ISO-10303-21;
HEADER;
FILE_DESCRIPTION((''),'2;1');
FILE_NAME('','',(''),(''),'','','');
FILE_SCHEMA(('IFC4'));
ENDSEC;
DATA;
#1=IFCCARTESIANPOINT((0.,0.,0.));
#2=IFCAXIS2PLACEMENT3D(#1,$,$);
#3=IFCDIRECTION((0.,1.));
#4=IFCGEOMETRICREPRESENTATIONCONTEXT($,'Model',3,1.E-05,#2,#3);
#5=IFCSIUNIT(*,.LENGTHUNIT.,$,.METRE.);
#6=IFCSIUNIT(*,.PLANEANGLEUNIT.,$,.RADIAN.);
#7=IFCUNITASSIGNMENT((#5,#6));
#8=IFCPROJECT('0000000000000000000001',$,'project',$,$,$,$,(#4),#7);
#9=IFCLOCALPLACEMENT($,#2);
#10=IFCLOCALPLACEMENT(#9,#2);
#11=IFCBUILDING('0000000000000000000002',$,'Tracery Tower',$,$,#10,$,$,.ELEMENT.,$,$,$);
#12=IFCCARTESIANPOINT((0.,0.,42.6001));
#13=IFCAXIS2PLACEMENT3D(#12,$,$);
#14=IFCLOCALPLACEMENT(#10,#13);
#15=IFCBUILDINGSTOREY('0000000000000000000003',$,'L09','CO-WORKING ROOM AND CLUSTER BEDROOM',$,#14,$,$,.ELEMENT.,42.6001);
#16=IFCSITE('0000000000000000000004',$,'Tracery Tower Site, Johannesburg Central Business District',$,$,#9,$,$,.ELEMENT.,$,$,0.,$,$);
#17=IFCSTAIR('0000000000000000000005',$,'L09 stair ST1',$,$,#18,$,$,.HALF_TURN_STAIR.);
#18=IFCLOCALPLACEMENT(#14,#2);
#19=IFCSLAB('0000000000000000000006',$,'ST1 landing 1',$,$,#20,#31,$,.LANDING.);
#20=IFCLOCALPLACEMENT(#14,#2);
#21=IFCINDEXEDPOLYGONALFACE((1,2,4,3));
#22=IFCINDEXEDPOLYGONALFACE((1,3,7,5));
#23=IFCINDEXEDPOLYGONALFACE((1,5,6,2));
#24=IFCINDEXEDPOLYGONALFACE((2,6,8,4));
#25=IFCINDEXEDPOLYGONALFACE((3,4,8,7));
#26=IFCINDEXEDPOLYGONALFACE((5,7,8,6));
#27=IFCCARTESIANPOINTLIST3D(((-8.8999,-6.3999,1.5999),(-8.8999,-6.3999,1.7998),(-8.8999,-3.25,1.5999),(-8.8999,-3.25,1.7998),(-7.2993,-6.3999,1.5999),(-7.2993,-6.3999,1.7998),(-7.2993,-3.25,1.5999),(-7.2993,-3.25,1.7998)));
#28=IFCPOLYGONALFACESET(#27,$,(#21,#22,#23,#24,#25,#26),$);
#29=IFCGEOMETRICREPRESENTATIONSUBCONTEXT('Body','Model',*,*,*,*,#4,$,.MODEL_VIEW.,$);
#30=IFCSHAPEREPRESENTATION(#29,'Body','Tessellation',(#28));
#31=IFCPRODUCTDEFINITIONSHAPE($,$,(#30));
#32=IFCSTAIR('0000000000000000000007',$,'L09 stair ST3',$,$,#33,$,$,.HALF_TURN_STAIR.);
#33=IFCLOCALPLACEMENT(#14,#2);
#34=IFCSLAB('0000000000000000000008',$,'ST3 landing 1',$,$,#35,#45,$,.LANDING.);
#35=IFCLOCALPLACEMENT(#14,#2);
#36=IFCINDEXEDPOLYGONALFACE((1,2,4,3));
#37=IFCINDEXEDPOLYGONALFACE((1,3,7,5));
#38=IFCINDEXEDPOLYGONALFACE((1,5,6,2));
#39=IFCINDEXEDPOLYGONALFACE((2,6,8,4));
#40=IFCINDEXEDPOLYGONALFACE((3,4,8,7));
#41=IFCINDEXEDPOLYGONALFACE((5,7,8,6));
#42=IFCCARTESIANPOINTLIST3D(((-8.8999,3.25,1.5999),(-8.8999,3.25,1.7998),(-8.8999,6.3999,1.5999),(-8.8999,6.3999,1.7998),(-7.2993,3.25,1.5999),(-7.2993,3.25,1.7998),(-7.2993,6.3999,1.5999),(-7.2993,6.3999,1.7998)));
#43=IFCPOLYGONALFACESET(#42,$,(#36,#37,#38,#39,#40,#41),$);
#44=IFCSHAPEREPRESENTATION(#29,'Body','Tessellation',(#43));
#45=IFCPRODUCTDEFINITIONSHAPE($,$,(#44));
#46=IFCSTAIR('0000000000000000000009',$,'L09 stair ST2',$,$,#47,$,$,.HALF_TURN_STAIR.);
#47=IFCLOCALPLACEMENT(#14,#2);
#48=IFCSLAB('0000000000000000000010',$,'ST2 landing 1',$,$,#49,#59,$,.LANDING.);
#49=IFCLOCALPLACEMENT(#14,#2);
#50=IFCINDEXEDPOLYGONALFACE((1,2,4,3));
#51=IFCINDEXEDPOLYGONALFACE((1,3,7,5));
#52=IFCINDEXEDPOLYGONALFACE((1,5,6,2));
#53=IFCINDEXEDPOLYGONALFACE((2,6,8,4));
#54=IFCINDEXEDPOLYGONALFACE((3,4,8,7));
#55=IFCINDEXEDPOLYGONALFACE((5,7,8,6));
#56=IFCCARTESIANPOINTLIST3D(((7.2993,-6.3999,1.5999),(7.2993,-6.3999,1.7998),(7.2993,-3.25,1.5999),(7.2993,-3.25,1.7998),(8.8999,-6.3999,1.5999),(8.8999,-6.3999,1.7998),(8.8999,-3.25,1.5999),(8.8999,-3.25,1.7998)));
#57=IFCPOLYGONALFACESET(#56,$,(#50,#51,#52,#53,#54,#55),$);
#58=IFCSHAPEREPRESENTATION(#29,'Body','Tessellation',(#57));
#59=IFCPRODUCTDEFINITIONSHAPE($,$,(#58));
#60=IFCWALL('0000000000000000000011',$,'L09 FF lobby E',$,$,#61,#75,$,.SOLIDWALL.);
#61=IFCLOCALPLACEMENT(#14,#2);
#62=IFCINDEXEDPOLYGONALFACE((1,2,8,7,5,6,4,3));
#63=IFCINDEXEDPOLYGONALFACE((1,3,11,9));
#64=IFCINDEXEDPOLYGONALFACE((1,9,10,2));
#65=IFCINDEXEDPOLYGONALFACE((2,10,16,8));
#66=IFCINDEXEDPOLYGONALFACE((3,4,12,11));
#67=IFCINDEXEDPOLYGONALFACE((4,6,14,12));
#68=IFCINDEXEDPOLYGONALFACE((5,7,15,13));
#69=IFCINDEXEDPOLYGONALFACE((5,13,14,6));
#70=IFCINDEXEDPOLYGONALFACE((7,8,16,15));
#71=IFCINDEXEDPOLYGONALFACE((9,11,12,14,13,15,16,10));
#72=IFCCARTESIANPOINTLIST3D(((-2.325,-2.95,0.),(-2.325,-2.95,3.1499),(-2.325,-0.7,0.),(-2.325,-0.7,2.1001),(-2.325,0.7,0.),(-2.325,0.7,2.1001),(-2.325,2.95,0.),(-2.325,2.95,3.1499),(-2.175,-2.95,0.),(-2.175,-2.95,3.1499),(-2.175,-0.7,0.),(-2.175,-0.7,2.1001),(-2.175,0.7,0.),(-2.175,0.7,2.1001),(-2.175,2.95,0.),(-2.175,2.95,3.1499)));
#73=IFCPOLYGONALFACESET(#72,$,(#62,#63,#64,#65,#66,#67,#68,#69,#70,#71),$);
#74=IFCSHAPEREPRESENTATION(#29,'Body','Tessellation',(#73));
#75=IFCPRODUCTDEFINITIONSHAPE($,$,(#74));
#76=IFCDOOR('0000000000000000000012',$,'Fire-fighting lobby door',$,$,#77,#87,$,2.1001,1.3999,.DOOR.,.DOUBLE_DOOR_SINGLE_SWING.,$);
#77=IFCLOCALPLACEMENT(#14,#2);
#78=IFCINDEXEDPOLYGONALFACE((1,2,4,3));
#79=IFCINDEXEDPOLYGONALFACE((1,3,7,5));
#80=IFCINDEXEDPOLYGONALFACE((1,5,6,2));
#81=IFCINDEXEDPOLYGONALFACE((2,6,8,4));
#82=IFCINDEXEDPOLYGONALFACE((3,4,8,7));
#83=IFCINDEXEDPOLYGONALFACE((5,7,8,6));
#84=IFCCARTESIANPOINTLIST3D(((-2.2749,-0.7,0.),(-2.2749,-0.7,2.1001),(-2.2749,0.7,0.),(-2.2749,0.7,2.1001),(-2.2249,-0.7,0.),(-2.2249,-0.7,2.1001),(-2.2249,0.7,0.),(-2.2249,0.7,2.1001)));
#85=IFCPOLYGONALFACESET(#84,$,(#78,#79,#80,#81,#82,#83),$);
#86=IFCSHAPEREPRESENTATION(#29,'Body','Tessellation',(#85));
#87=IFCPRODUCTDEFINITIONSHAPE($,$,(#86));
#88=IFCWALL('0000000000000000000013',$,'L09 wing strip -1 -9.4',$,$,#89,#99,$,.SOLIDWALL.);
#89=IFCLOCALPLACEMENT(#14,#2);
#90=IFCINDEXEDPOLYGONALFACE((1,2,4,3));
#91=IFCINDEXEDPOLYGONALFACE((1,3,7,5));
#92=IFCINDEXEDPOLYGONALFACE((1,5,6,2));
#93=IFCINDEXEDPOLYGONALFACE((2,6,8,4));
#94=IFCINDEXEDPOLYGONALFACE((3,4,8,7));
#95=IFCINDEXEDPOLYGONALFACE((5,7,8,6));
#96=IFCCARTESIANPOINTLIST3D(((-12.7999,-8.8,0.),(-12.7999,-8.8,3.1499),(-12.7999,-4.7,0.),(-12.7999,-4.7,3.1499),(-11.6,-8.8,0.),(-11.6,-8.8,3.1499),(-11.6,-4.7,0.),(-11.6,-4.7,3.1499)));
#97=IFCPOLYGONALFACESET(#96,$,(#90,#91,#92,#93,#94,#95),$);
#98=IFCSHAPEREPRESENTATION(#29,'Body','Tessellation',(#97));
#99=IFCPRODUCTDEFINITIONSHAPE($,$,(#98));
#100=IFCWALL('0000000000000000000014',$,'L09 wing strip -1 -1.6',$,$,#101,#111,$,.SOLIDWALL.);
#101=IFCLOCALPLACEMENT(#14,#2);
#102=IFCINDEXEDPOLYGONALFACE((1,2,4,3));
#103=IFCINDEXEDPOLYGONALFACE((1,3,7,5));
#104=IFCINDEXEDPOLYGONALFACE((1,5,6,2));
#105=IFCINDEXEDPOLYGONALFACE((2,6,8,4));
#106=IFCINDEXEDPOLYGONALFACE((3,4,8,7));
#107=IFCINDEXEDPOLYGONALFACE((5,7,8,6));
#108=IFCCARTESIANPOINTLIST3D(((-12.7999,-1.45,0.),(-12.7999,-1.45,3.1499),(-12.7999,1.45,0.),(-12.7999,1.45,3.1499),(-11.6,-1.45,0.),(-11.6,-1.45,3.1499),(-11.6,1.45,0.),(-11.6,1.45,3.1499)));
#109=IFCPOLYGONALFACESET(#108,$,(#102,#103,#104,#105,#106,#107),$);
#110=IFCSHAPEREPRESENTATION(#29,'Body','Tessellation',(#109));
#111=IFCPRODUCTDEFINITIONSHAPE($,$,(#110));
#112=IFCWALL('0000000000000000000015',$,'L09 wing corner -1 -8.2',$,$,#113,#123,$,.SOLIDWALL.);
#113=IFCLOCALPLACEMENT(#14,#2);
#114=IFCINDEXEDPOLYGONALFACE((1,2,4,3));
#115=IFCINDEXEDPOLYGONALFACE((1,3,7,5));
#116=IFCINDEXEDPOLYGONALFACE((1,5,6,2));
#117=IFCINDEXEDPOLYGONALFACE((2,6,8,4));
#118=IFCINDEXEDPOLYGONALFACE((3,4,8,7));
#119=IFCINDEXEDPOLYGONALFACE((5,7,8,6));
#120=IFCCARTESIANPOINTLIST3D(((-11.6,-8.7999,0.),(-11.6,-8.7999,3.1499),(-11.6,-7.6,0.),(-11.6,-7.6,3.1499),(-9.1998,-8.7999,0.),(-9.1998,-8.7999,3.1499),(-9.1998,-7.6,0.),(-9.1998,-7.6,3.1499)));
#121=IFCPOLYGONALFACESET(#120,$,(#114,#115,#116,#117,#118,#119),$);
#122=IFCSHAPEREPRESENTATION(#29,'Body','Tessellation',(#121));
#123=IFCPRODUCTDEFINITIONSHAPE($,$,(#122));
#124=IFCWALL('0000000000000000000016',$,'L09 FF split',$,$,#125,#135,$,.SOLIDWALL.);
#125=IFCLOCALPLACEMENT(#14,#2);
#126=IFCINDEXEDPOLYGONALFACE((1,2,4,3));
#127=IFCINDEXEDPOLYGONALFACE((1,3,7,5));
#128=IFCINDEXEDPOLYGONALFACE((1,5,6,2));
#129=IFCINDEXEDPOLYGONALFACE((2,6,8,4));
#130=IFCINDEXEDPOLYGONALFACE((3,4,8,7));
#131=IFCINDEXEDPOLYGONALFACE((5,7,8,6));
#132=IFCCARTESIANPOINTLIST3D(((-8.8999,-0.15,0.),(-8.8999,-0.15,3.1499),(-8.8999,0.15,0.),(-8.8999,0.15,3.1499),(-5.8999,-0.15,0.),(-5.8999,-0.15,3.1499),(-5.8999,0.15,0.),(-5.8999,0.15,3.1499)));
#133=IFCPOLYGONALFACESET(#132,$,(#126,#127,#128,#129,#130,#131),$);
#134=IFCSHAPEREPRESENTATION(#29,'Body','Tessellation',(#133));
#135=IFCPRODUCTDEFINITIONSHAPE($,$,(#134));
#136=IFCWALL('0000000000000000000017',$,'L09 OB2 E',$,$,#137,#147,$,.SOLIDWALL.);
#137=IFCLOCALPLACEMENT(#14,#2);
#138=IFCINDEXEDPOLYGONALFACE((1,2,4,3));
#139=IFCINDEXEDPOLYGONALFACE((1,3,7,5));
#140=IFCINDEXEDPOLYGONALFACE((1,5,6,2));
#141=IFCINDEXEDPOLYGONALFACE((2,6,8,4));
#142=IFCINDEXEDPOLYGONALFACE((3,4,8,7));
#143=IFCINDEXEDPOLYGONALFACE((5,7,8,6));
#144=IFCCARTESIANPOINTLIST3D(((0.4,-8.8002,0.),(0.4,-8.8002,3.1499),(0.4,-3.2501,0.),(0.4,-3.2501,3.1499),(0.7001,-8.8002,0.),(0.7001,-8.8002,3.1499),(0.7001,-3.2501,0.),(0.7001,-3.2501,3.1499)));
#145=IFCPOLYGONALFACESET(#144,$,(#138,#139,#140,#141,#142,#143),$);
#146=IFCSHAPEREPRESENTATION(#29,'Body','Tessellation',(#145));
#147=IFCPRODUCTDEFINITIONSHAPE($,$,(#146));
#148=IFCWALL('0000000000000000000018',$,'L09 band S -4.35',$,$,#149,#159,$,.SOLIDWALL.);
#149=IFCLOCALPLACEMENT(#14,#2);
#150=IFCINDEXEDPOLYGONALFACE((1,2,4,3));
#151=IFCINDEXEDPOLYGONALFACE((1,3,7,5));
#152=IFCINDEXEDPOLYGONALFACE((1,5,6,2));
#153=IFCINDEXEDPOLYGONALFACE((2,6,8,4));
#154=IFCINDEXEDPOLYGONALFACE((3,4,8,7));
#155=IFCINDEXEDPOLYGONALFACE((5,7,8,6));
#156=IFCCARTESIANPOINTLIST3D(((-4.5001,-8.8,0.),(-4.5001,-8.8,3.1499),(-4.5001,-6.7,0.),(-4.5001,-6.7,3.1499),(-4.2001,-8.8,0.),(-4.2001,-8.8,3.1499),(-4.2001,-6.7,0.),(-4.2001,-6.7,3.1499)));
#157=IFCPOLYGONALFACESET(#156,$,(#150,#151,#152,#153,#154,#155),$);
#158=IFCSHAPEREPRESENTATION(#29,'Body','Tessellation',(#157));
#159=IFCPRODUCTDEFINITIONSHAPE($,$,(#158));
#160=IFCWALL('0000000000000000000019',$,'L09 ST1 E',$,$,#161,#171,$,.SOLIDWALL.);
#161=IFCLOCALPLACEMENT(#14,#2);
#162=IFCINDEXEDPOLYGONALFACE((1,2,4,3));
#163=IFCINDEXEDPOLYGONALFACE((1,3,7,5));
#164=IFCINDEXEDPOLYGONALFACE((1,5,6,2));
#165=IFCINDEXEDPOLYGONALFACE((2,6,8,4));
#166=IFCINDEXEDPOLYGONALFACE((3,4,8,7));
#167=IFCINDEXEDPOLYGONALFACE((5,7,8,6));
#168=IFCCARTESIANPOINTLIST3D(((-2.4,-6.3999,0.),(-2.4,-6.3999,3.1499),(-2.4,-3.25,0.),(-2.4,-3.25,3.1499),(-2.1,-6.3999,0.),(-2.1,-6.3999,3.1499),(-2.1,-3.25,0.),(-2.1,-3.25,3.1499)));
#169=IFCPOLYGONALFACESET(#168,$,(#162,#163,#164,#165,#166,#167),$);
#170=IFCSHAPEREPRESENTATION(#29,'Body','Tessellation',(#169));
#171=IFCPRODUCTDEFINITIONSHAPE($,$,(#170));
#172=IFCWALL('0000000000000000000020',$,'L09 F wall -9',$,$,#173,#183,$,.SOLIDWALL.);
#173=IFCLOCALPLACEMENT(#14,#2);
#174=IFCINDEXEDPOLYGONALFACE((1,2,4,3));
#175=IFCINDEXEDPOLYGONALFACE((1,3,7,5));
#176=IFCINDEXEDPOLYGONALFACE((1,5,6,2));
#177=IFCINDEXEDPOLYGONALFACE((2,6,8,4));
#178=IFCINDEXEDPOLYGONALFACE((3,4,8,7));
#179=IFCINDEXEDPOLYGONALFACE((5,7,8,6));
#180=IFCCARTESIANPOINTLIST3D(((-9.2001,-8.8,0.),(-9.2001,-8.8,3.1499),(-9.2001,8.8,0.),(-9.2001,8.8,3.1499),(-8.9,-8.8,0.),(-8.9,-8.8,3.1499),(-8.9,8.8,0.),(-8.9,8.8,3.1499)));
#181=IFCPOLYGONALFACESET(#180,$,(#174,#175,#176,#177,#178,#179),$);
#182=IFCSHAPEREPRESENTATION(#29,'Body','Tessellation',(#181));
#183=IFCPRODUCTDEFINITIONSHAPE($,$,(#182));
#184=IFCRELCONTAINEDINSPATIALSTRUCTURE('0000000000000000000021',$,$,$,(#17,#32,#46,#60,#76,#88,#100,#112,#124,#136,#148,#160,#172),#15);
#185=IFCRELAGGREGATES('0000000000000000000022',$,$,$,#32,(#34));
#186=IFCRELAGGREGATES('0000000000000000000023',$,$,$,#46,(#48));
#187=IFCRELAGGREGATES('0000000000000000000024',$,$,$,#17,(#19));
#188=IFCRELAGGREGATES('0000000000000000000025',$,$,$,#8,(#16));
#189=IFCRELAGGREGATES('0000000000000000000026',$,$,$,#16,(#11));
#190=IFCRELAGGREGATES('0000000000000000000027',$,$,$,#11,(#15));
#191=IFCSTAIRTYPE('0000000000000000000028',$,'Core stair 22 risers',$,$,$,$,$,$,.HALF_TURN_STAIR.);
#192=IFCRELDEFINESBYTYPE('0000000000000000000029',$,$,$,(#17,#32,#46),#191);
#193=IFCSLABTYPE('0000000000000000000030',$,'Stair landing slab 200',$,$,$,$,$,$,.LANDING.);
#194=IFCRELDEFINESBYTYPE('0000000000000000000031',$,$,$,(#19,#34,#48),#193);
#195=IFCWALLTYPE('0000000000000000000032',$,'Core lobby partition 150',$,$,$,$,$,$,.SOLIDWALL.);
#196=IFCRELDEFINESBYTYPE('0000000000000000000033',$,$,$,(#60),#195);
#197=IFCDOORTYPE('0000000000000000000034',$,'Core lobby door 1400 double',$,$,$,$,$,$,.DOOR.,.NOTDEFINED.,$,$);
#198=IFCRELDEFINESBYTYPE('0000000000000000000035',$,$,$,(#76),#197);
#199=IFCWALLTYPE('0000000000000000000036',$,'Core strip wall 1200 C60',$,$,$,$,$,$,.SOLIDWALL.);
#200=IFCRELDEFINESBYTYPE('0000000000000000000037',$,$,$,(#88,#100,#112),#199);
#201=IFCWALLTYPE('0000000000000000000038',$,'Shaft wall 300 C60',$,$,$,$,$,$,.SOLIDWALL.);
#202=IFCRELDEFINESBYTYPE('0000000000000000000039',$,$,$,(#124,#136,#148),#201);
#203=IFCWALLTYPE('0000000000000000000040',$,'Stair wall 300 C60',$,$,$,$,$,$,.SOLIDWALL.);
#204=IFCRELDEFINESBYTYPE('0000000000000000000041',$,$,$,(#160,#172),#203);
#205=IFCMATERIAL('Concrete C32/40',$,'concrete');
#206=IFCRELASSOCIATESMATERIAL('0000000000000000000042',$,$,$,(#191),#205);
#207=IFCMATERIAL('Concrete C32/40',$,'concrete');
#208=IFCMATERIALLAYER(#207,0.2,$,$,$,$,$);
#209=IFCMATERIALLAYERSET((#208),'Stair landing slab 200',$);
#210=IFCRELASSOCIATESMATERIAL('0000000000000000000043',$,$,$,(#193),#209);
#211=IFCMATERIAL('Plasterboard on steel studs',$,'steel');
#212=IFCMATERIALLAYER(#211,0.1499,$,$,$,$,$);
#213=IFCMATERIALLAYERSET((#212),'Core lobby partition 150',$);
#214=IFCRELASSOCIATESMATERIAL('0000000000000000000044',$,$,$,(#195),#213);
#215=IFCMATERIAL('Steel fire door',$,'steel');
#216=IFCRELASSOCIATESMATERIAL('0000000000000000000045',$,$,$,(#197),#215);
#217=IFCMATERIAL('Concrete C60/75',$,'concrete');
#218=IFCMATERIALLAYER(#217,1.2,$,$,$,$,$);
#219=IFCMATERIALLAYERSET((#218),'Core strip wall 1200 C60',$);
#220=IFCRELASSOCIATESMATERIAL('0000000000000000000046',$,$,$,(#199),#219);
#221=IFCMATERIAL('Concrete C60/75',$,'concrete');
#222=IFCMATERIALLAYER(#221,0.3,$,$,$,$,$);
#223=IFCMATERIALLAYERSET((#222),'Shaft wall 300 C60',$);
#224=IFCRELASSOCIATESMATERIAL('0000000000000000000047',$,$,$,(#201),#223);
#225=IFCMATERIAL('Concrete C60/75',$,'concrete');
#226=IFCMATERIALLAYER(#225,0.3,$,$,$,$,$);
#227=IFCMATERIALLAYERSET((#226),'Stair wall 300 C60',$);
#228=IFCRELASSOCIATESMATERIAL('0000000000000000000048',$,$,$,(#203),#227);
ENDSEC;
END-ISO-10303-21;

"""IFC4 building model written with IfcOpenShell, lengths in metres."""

from ifc_helpers import new_model, si_unit, direction, frame, frame_2d, origin, place, context, subcontext, project, spatial, polyline, rectangle, outline, extrude, material, layer, layer_set, type_object, element, fill, aggregate, save


model = new_model("IFC4")

# Units and contexts
model_context = context("Model", 3, precision=1e-05, world=origin(), true_north=direction((0.0, 1.0)))
body_context = subcontext(model_context, "Body", "Model", "MODEL_VIEW")
ifc_project = project(units=[si_unit("LENGTHUNIT", "METRE"), si_unit("PLANEANGLEUNIT", "RADIAN")], contexts=[model_context])

# Site, building, storey
site_placement = place(None, origin())
site = spatial("IfcSite", under=ifc_project, at=site_placement, Name="Tracery Tower Site, Johannesburg Central Business District", CompositionType="ELEMENT", RefElevation=0.0)
building_placement = place(site_placement, origin())
building = spatial("IfcBuilding", under=site, at=building_placement, Name="Tracery Tower", CompositionType="ELEMENT")
storey_placement = place(building_placement, frame((0.0, 0.0, 42.6001)))
storey = spatial("IfcBuildingStorey", under=building, at=storey_placement, Name="L09", Description="CO-WORKING ROOM AND CLUSTER BEDROOM", CompositionType="ELEMENT", Elevation=42.6001)

# Stairs, slabs
ifc_material_1 = material(Name="Concrete C32/40", Category="concrete")
stair_type = type_object("IfcStairType", Name="Core stair 22 risers", PredefinedType="HALF_TURN_STAIR", material=ifc_material_1)
stair_1_placement = place(storey_placement, origin())
stair_1 = element("IfcStair", 1, at=stair_1_placement, inside=storey, type_object=stair_type, Name="L09 stair ST1", PredefinedType="HALF_TURN_STAIR")
ifc_material_2 = material(Name="Concrete C32/40", Category="concrete")
ifc_layer_1 = layer(ifc_material_2, 0.2)
ifc_layer_set_1 = layer_set([ifc_layer_1], Name="Stair landing slab 200")
slab_type_1 = type_object("IfcSlabType", Name="Stair landing slab 200", PredefinedType="LANDING", material=ifc_layer_set_1)
slab_1_placement = place(storey_placement, frame((0.0, 0.0, 1.5999)))
slab_1 = element("IfcSlab", 2, at=slab_1_placement, type_object=slab_type_1, Name="ST1 landing 1", PredefinedType="LANDING", context=body_context, shape_type="SweptSolid", body=[
    extrude(outline(polyline([(-7.2993, -3.25), (-8.8999, -3.25), (-8.8999, -6.3999), (-7.2993, -6.3999), (-7.2993, -3.25)])), origin(), (0.0, 0.0, 1.0), 0.2),
])
stair_2_placement = place(storey_placement, origin())
stair_2 = element("IfcStair", 3, at=stair_2_placement, inside=storey, type_object=stair_type, Name="L09 stair ST3", PredefinedType="HALF_TURN_STAIR")
slab_2_placement = place(storey_placement, frame((0.0, 0.0, 1.5999)))
slab_2 = element("IfcSlab", 4, at=slab_2_placement, type_object=slab_type_1, Name="ST3 landing 1", PredefinedType="LANDING", context=body_context, shape_type="SweptSolid", body=[
    extrude(outline(polyline([(-7.2993, 6.3999), (-8.8999, 6.3999), (-8.8999, 3.25), (-7.2993, 3.25), (-7.2993, 6.3999)])), origin(), (0.0, 0.0, 1.0), 0.2),
])
aggregate(stair_2, [slab_2])
stair_3_placement = place(storey_placement, origin())
stair_3 = element("IfcStair", 5, at=stair_3_placement, inside=storey, type_object=stair_type, Name="L09 stair ST2", PredefinedType="HALF_TURN_STAIR")
slab_3_placement = place(storey_placement, frame((0.0, 0.0, 1.5999)))
slab_3 = element("IfcSlab", 6, at=slab_3_placement, type_object=slab_type_1, Name="ST2 landing 1", PredefinedType="LANDING", context=body_context, shape_type="SweptSolid", body=[
    extrude(outline(polyline([(7.2993, -6.3999), (8.8999, -6.3999), (8.8999, -3.25), (7.2993, -3.25), (7.2993, -6.3999)])), origin(), (0.0, 0.0, 1.0), 0.2),
])
aggregate(stair_3, [slab_3])

# Wall, opening, door
ifc_material_3 = material(Name="Plasterboard on steel studs", Category="steel")
ifc_layer_2 = layer(ifc_material_3, 0.1499)
ifc_layer_set_2 = layer_set([ifc_layer_2], Name="Core lobby partition 150")
wall_type_1 = type_object("IfcWallType", Name="Core lobby partition 150", PredefinedType="SOLIDWALL", material=ifc_layer_set_2)
wall_1_placement = place(storey_placement, frame((-2.25, -2.95, 0.0), z_axis=(0.0, 0.0, 1.0), x_axis=(0.0, 1.0, 0.0)))
wall_1 = element("IfcWall", 7, at=wall_1_placement, inside=storey, type_object=wall_type_1, Name="L09 FF lobby E", PredefinedType="SOLIDWALL", context=body_context, shape_type="SweptSolid", body=[
    extrude(rectangle(XDim=5.8999, YDim=0.1499, at=frame_2d((2.95, 0.0))), origin(), (0.0, 0.0, 1.0), 3.1499),
])
opening_1_placement = place(wall_1_placement, frame((2.25, 0.0, 0.0)))
opening_1 = element("IfcOpeningElement", 8, at=opening_1_placement, cuts=wall_1, PredefinedType="OPENING", context=body_context, shape_type="SweptSolid", body=[
    extrude(rectangle(XDim=1.3999, YDim=2.1001, at=frame_2d((0.7, 1.05))), frame((0.0, 0.075, 0.0), z_axis=(0.0, -1.0, 0.0), x_axis=(1.0, 0.0, 0.0)), (0.0, 0.0, 1.0), 0.1499),
])
ifc_material_4 = material(Name="Steel fire door", Category="steel")
door_type_1 = type_object("IfcDoorType", Name="Core lobby door 1400 double", OperationType="NOTDEFINED", PredefinedType="DOOR", material=ifc_material_4)
door_1_placement = place(opening_1_placement, origin())
door_1 = element("IfcDoor", 9, at=door_1_placement, inside=storey, type_object=door_type_1, Name="Fire-fighting lobby door", OperationType="DOUBLE_DOOR_SINGLE_SWING", OverallHeight=2.1001, OverallWidth=1.3999, PredefinedType="DOOR", context=body_context, shape_type="SweptSolid", body=[
    extrude(rectangle(XDim=1.3999, YDim=2.1001, at=frame_2d((0.7, 1.05))), frame((0.0, 0.0249, 0.0), z_axis=(0.0, -1.0, 0.0), x_axis=(1.0, 0.0, 0.0)), (0.0, 0.0, 1.0), 0.05),
])
fill(opening_1, door_1)

# Walls
ifc_material_5 = material(Name="Concrete C60/75", Category="concrete")
ifc_layer_3 = layer(ifc_material_5, 1.2)
ifc_layer_set_3 = layer_set([ifc_layer_3], Name="Core strip wall 1200 C60")
wall_type_2 = type_object("IfcWallType", Name="Core strip wall 1200 C60", PredefinedType="SOLIDWALL", material=ifc_layer_set_3)
wall_2_placement = place(storey_placement, frame((-12.2, -8.8, 0.0), z_axis=(0.0, 0.0, 1.0), x_axis=(0.0, 1.0, 0.0)))
element("IfcWall", 10, at=wall_2_placement, inside=storey, type_object=wall_type_2, Name="L09 wing strip -1 -9.4", PredefinedType="SOLIDWALL", context=body_context, shape_type="SweptSolid", body=[
    extrude(rectangle(XDim=4.1001, YDim=1.2, at=frame_2d((2.05, 0.0))), origin(), (0.0, 0.0, 1.0), 3.1499),
])
wall_3_placement = place(storey_placement, frame((-12.2, -1.45, 0.0), z_axis=(0.0, 0.0, 1.0), x_axis=(0.0, 1.0, 0.0)))
element("IfcWall", 11, at=wall_3_placement, inside=storey, type_object=wall_type_2, Name="L09 wing strip -1 -1.6", PredefinedType="SOLIDWALL", context=body_context, shape_type="SweptSolid", body=[
    extrude(rectangle(XDim=2.8999, YDim=1.2, at=frame_2d((1.45, 0.0))), origin(), (0.0, 0.0, 1.0), 3.1499),
])
wall_4_placement = place(storey_placement, frame((-11.6001, -8.2, 0.0), z_axis=(0.0, 0.0, 1.0), x_axis=(1.0, 0.0, 0.0)))
element("IfcWall", 12, at=wall_4_placement, inside=storey, type_object=wall_type_2, Name="L09 wing corner -1 -8.2", PredefinedType="SOLIDWALL", context=body_context, shape_type="SweptSolid", body=[
    extrude(rectangle(XDim=2.4001, YDim=1.2, at=frame_2d((1.2002, 0.0))), origin(), (0.0, 0.0, 1.0), 3.1499),
])
ifc_material_6 = material(Name="Concrete C60/75", Category="concrete")
ifc_layer_4 = layer(ifc_material_6, 0.3)
ifc_layer_set_4 = layer_set([ifc_layer_4], Name="Shaft wall 300 C60")
wall_type_3 = type_object("IfcWallType", Name="Shaft wall 300 C60", PredefinedType="SOLIDWALL", material=ifc_layer_set_4)
wall_5_placement = place(storey_placement, frame((-8.8999, 0.0, 0.0), z_axis=(0.0, 0.0, 1.0), x_axis=(1.0, 0.0, 0.0)))
element("IfcWall", 13, at=wall_5_placement, inside=storey, type_object=wall_type_3, Name="L09 FF split", PredefinedType="SOLIDWALL", context=body_context, shape_type="SweptSolid", body=[
    extrude(rectangle(XDim=3.0, YDim=0.3, at=frame_2d((1.5, 0.0))), origin(), (0.0, 0.0, 1.0), 3.1499),
])

# Walls
wall_6_placement = place(storey_placement, frame((0.55, -8.8, 0.0), z_axis=(0.0, 0.0, 1.0), x_axis=(0.0, 1.0, 0.0)))
element("IfcWall", 14, at=wall_6_placement, inside=storey, type_object=wall_type_3, Name="L09 OB2 E", PredefinedType="SOLIDWALL", context=body_context, shape_type="SweptSolid", body=[
    extrude(rectangle(XDim=5.55, YDim=0.3, at=frame_2d((2.7749, 0.0))), origin(), (0.0, 0.0, 1.0), 3.1499),
])
wall_7_placement = place(storey_placement, frame((-4.3501, -8.8, 0.0), z_axis=(0.0, 0.0, 1.0), x_axis=(0.0, 1.0, 0.0)))
element("IfcWall", 15, at=wall_7_placement, inside=storey, type_object=wall_type_3, Name="L09 band S -4.35", PredefinedType="SOLIDWALL", context=body_context, shape_type="SweptSolid", body=[
    extrude(rectangle(XDim=2.1001, YDim=0.3, at=frame_2d((1.05, 0.0))), origin(), (0.0, 0.0, 1.0), 3.1499),
])

# Shared definitions
ifc_material_7 = material(Name="Concrete C60/75", Category="concrete")
ifc_layer_5 = layer(ifc_material_7, 0.3)
ifc_layer_set_5 = layer_set([ifc_layer_5], Name="Stair wall 300 C60")
wall_type_4 = type_object("IfcWallType", Name="Stair wall 300 C60", PredefinedType="SOLIDWALL", material=ifc_layer_set_5)

# Walls
wall_8_placement = place(storey_placement, frame((-2.25, -6.3999, 0.0), z_axis=(0.0, 0.0, 1.0), x_axis=(0.0, 1.0, 0.0)))
element("IfcWall", 16, at=wall_8_placement, inside=storey, type_object=wall_type_4, Name="L09 ST1 E", PredefinedType="SOLIDWALL", context=body_context, shape_type="SweptSolid", body=[
    extrude(rectangle(XDim=3.1499, YDim=0.3, at=frame_2d((1.575, 0.0))), origin(), (0.0, 0.0, 1.0), 3.1499),
])
wall_9_placement = place(storey_placement, frame((-9.05, -8.8, 0.0), z_axis=(0.0, 0.0, 1.0), x_axis=(0.0, 1.0, 0.0)))
element("IfcWall", 17, at=wall_9_placement, inside=storey, type_object=wall_type_4, Name="L09 F wall -9", PredefinedType="SOLIDWALL", context=body_context, shape_type="SweptSolid", body=[
    extrude(rectangle(XDim=17.6001, YDim=0.3, at=frame_2d((8.8, 0.0))), origin(), (0.0, 0.0, 1.0), 3.1499),
])

aggregate(stair_1, [slab_1])

save(model, "model.ifc")
